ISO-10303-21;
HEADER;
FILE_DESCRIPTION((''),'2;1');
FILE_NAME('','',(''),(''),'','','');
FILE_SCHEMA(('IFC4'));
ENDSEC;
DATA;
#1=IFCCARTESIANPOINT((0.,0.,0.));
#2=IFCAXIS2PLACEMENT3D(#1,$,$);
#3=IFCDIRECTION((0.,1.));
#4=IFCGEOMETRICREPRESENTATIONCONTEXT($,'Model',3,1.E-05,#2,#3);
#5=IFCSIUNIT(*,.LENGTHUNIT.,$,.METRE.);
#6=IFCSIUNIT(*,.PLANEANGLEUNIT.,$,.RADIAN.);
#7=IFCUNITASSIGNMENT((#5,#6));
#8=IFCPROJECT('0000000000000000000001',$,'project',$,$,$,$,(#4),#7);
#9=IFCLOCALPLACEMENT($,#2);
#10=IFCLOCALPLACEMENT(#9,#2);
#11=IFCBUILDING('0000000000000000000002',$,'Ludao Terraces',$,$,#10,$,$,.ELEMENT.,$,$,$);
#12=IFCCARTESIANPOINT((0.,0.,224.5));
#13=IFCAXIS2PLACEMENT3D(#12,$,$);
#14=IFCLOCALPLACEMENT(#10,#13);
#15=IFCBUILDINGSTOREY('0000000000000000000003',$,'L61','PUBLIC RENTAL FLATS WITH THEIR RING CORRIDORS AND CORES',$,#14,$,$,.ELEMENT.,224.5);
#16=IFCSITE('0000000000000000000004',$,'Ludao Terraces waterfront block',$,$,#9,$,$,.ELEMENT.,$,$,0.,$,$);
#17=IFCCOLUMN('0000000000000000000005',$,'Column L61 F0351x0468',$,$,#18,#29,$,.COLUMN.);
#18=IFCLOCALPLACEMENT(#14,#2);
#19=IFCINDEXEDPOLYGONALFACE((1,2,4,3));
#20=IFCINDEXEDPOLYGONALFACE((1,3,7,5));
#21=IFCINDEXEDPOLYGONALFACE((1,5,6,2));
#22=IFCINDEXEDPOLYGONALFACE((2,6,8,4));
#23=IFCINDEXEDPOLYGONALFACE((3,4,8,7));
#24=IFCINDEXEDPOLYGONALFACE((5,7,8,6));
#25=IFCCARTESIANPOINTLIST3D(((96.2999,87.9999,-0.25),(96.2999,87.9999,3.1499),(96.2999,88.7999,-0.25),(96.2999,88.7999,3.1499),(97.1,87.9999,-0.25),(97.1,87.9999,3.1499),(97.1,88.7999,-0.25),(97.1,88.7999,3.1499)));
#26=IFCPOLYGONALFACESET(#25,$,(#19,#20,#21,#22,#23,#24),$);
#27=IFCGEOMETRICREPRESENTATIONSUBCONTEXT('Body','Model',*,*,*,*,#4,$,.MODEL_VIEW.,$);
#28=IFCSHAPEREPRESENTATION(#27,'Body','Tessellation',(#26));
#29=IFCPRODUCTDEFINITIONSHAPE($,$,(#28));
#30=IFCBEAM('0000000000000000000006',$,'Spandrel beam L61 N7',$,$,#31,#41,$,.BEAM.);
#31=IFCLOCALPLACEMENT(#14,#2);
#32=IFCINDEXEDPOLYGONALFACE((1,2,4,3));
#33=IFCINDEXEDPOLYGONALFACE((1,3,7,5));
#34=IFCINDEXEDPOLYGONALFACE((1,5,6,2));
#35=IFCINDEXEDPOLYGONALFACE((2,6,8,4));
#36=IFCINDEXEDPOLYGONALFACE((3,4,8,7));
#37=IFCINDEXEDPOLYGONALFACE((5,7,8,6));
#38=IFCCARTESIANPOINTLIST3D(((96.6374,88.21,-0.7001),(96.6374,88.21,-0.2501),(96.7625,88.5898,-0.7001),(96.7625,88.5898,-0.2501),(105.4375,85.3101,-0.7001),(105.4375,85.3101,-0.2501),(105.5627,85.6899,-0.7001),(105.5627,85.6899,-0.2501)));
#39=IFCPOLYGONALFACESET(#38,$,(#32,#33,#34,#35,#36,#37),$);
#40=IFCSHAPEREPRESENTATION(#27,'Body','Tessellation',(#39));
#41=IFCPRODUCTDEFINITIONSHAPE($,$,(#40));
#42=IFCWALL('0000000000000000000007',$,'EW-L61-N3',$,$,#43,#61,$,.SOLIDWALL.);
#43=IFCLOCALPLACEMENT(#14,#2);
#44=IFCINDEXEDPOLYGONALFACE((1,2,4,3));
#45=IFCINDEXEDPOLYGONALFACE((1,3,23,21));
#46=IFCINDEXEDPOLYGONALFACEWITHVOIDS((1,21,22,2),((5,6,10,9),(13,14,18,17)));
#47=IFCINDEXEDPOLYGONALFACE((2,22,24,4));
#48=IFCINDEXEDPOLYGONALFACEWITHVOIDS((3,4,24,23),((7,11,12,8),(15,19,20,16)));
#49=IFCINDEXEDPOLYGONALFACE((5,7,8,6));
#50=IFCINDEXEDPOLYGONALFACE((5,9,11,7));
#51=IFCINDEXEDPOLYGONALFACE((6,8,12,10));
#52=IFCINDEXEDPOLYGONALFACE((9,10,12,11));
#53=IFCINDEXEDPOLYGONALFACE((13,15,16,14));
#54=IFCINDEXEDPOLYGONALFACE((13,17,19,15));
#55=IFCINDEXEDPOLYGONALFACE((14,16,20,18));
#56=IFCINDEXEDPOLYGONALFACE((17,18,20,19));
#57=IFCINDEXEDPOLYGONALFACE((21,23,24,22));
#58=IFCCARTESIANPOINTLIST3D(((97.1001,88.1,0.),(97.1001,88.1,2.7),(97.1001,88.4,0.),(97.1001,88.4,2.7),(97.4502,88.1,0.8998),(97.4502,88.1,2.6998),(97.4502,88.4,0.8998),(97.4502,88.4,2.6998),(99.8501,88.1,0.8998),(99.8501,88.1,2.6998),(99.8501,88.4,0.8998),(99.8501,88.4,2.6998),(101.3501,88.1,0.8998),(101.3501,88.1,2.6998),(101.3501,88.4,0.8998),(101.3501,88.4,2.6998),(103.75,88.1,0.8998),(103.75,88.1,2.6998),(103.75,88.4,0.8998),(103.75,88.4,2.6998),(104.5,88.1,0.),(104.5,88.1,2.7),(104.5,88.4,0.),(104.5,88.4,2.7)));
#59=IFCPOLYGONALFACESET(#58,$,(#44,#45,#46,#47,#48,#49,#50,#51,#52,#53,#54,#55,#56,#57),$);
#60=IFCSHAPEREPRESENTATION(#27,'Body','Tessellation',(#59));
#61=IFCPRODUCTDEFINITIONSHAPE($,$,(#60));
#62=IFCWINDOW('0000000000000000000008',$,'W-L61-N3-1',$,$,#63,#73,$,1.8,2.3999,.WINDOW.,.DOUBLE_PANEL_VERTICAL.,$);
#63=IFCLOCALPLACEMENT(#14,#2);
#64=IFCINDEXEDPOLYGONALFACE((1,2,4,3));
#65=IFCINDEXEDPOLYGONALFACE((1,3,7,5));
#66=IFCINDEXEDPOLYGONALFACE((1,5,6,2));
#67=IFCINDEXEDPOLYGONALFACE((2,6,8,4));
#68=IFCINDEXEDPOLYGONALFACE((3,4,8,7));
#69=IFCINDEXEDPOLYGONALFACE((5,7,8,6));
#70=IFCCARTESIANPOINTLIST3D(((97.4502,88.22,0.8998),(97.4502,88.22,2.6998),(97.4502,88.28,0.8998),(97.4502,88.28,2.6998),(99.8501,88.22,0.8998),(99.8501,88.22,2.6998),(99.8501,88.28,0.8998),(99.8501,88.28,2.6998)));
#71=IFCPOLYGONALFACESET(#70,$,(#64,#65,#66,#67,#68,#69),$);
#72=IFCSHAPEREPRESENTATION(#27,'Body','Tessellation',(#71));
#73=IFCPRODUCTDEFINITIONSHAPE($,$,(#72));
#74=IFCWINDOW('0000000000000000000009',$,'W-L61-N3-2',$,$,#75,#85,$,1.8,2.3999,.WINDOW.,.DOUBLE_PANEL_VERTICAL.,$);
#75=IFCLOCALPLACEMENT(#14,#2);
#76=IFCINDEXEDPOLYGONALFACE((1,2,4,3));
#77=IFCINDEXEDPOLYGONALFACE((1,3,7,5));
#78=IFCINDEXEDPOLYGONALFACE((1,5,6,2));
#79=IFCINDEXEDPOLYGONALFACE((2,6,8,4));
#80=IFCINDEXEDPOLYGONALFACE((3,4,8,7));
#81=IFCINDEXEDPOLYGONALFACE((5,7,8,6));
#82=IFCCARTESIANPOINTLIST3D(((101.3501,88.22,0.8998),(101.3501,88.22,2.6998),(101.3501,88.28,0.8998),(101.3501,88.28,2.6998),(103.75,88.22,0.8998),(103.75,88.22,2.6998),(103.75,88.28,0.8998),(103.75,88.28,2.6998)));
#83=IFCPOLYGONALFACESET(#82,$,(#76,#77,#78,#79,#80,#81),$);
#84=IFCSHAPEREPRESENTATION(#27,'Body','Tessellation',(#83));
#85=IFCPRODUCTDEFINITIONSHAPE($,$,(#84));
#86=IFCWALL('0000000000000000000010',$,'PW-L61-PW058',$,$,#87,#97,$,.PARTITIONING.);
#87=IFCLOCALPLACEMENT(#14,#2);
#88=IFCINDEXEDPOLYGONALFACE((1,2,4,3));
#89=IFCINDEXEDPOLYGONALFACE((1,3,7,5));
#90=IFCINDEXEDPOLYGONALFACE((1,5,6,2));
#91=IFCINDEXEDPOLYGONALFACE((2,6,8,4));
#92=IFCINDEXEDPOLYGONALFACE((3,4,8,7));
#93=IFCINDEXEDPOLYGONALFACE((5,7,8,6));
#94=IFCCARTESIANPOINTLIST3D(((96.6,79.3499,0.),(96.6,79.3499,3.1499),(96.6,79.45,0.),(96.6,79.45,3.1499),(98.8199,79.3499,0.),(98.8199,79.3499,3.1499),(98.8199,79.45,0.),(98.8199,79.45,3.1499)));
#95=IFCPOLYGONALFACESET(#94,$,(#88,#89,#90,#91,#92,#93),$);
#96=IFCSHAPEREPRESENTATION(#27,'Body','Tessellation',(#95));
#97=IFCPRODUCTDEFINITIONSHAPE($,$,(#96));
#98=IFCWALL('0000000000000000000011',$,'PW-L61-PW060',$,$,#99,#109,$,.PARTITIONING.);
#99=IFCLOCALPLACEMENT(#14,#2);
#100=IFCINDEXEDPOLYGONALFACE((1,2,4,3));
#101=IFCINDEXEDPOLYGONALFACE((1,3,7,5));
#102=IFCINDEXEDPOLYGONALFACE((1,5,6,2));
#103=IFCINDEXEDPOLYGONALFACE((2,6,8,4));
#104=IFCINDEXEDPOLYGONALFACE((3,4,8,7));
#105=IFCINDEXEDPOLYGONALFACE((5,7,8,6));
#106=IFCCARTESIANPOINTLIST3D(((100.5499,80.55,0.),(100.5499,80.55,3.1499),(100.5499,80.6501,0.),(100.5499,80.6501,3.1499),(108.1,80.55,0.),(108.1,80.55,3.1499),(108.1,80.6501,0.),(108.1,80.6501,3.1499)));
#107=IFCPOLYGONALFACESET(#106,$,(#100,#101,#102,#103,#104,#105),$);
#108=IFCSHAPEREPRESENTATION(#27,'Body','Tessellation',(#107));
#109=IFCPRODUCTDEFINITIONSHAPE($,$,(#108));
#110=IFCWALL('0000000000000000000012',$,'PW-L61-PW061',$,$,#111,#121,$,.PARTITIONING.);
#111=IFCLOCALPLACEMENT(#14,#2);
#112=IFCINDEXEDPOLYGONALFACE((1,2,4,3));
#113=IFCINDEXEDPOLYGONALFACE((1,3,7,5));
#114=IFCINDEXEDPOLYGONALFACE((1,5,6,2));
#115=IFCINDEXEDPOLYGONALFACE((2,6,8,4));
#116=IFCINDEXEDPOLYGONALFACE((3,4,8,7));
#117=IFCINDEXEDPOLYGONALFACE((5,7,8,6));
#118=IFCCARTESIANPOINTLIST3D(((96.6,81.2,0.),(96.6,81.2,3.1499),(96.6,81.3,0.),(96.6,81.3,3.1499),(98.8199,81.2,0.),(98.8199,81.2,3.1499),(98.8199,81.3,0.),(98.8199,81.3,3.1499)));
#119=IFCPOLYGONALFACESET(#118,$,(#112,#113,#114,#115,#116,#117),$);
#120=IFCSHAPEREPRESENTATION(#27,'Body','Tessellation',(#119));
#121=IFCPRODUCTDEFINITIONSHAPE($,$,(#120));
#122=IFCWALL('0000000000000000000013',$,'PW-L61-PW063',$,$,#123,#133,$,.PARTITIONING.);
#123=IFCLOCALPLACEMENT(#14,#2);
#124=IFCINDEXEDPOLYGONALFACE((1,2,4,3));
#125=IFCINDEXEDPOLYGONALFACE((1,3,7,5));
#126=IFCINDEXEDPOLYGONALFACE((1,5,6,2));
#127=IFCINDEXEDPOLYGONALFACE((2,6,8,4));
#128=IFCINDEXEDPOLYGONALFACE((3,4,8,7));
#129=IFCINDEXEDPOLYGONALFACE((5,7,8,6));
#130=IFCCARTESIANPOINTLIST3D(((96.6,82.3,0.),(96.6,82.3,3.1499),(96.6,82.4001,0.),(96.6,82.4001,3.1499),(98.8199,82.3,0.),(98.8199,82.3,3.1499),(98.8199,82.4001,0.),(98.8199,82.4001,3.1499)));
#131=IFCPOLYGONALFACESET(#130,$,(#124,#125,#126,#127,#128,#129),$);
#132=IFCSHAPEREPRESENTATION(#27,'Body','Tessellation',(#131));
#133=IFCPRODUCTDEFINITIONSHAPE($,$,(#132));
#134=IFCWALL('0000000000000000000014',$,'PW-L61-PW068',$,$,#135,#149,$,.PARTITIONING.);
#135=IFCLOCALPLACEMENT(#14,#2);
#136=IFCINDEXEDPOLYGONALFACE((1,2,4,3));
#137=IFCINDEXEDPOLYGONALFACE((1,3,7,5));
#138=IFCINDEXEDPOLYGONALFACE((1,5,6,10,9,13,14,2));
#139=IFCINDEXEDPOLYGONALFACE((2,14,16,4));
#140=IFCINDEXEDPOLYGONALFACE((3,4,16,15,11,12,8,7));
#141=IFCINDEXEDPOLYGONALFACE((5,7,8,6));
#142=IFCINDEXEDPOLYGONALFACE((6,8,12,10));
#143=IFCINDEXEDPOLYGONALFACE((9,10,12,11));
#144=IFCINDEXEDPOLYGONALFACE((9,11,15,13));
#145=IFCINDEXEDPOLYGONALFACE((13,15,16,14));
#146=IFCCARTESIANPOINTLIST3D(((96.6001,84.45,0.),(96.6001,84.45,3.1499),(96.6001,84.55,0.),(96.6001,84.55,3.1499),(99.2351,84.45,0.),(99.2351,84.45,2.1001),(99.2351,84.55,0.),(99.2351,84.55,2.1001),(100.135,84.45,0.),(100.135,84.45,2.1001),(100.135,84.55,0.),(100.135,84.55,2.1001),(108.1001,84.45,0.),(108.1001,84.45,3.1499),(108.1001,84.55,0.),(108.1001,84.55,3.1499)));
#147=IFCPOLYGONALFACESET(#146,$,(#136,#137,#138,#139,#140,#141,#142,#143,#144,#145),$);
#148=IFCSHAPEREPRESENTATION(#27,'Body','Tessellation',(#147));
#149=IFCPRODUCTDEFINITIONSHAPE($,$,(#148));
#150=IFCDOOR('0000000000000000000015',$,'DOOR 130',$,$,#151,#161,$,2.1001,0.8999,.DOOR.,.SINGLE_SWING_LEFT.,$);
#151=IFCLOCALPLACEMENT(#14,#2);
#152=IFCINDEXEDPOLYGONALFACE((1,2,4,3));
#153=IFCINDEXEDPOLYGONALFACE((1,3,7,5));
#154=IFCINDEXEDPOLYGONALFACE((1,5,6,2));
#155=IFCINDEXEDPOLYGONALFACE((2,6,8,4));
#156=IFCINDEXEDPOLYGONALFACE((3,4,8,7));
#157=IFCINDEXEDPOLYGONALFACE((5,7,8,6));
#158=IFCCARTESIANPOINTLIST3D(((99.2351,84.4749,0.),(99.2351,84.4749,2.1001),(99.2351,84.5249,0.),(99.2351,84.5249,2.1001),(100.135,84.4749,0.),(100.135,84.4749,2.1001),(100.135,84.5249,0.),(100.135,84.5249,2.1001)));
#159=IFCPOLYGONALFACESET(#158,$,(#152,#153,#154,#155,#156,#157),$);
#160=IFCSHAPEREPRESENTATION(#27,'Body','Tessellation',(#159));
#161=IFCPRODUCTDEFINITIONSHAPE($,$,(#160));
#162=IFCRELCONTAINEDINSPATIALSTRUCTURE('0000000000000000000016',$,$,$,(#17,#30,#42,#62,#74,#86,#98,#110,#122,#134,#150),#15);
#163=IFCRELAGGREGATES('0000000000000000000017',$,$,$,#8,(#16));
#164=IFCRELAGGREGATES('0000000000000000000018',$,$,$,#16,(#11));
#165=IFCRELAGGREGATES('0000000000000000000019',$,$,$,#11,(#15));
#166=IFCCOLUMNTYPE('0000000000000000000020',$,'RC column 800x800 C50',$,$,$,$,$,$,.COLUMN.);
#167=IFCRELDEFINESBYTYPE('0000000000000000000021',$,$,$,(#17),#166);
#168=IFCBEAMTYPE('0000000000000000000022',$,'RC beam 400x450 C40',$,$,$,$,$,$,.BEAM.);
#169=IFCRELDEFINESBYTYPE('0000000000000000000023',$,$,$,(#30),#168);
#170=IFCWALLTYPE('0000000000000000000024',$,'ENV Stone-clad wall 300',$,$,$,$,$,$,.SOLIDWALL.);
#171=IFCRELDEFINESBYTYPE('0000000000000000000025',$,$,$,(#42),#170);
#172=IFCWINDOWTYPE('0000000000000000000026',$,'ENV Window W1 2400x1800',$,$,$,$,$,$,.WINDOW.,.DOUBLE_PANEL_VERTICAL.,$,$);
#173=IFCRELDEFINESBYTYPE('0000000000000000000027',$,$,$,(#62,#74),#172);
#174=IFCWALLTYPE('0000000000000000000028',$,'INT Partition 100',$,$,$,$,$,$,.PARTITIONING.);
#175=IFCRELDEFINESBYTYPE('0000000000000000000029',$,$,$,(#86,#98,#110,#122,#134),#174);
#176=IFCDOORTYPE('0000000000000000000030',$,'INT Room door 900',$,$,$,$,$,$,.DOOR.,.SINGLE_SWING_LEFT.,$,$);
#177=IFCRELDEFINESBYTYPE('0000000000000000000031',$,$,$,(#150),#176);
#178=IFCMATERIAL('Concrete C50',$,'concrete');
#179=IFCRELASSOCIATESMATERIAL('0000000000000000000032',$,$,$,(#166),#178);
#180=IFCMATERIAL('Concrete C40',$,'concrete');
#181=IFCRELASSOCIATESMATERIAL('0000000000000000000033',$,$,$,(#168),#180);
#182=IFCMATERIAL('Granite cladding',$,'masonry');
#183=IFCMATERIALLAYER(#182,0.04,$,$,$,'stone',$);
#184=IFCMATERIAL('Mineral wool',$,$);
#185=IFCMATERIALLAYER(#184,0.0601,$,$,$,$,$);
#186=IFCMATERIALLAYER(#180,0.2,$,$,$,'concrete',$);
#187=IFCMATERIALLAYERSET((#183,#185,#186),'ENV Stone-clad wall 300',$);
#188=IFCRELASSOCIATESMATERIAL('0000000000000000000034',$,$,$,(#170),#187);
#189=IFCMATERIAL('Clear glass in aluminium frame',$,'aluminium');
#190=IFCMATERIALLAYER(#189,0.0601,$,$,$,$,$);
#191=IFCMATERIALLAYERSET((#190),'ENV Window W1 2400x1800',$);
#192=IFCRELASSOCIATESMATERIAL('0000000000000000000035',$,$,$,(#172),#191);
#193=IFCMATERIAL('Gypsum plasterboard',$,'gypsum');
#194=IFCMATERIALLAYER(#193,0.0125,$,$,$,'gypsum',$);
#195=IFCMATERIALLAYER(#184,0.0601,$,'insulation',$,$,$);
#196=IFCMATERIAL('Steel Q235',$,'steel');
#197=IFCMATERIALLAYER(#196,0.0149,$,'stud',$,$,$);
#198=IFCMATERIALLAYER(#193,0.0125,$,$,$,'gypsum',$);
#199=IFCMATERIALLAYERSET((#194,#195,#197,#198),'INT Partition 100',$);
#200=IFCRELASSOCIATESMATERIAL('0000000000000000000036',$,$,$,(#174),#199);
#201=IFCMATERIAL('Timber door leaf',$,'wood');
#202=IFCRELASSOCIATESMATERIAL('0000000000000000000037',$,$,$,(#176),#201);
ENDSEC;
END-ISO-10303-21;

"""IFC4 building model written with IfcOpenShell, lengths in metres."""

from ifc_helpers import new_model, si_unit, direction, frame, frame_2d, origin, origin_2d, place, context, subcontext, project, spatial, rectangle, extrude, material, layer, layer_set, material_profile, profile_set, type_object, element, fill, save


model = new_model("IFC4")

# Units and contexts
model_context = context("Model", 3, precision=1e-05, world=origin(), true_north=direction((0.0, 1.0)))
body_context = subcontext(model_context, "Body", "Model", "MODEL_VIEW")
ifc_project = project(units=[si_unit("LENGTHUNIT", "METRE"), si_unit("PLANEANGLEUNIT", "RADIAN")], contexts=[model_context])

# Site, building, storey
site_placement = place(None, origin())
site = spatial("IfcSite", under=ifc_project, at=site_placement, Name="Ludao Terraces waterfront block", CompositionType="ELEMENT", RefElevation=0.0)
building_placement = place(site_placement, origin())
building = spatial("IfcBuilding", under=site, at=building_placement, Name="Ludao Terraces", CompositionType="ELEMENT")
storey_placement = place(building_placement, frame((0.0, 0.0, 224.5)))
storey = spatial("IfcBuildingStorey", under=building, at=storey_placement, Name="L61", Description="PUBLIC RENTAL FLATS WITH THEIR RING CORRIDORS AND CORES", CompositionType="ELEMENT", Elevation=224.5)

# Column
ifc_material_1 = material(Name="Concrete C50", Category="concrete")
ifc_material_profile_1 = material_profile(ifc_material_1, rectangle(XDim=0.8, YDim=0.8, at=origin_2d()), Name="800 X 800")
ifc_profile_set_1 = profile_set([ifc_material_profile_1], Name="Concrete C50")
column_type = type_object("IfcColumnType", Name="RC column 800x800 C50", PredefinedType="COLUMN", material=ifc_profile_set_1)
column_placement = place(storey_placement, frame((96.7, 88.3999, -0.25), z_axis=(0.0, 0.0, 1.0), x_axis=(1.0, 0.0, 0.0)))
element("IfcColumn", 1, at=column_placement, inside=storey, type_object=column_type, Name="Column L61 F0351x0468", PredefinedType="COLUMN", context=body_context, shape_type="SweptSolid", body=[
    extrude(rectangle(XDim=0.8, YDim=0.8, at=origin_2d()), origin(), (0.0, 0.0, 1.0), 3.3999),
])

# Beam
ifc_material_2 = material(Name="Concrete C40", Category="concrete")
ifc_material_profile_2 = material_profile(ifc_material_2, rectangle(XDim=0.3999, YDim=0.45, at=origin_2d()), Name="400 X 450")
ifc_profile_set_2 = profile_set([ifc_material_profile_2], Name="Concrete C40")
beam_type = type_object("IfcBeamType", Name="RC beam 400x450 C40", PredefinedType="BEAM", material=ifc_profile_set_2)
beam_placement = place(storey_placement, frame((96.7, 88.3999, -0.4751), z_axis=(0.949761, -0.312977, 0.0), x_axis=(0.312977, 0.949761, 0.0)))
element("IfcBeam", 2, at=beam_placement, inside=storey, type_object=beam_type, Name="Spandrel beam L61 N7", PredefinedType="BEAM", context=body_context, shape_type="SweptSolid", body=[
    extrude(rectangle(XDim=0.3999, YDim=0.45, at=origin_2d()), origin(), (0.0, 0.0, 1.0), 9.2656),
])

# Wall, openings, windows
ifc_material_3 = material(Name="Granite cladding", Category="masonry")
ifc_layer_1 = layer(ifc_material_3, 0.04, Category="stone")
ifc_material_4 = material(Name="Mineral wool")
ifc_layer_2 = layer(ifc_material_4, 0.0601)
ifc_layer_3 = layer(ifc_material_2, 0.2, Category="concrete")
ifc_layer_set_1 = layer_set([ifc_layer_1, ifc_layer_2, ifc_layer_3], Name="ENV Stone-clad wall 300")
wall_type_1 = type_object("IfcWallType", Name="ENV Stone-clad wall 300", PredefinedType="SOLIDWALL", material=ifc_layer_set_1)
wall_1_placement = place(storey_placement, frame((97.1001, 88.25, 0.0), z_axis=(0.0, 0.0, 1.0), x_axis=(1.0, 0.0, 0.0)))
wall_1 = element("IfcWall", 3, at=wall_1_placement, inside=storey, type_object=wall_type_1, Name="EW-L61-N3", PredefinedType="SOLIDWALL", context=body_context, shape_type="SweptSolid", body=[
    extrude(rectangle(XDim=7.3999, YDim=0.3, at=frame_2d((3.7, 0.0))), origin(), (0.0, 0.0, 1.0), 2.7),
])
opening_1_placement = place(wall_1_placement, frame((0.3501, 0.0, 0.8999)))
opening_1 = element("IfcOpeningElement", 4, at=opening_1_placement, cuts=wall_1, PredefinedType="OPENING", context=body_context, shape_type="SweptSolid", body=[
    extrude(rectangle(XDim=2.3999, YDim=1.8, at=frame_2d((1.2, 0.8999))), frame((0.0, 0.1602, 0.0), z_axis=(0.0, -1.0, 0.0), x_axis=(1.0, 0.0, 0.0)), (0.0, 0.0, 1.0), 0.3201),
])
opening_2_placement = place(wall_1_placement, frame((4.25, 0.0, 0.8999)))
opening_2 = element("IfcOpeningElement", 5, at=opening_2_placement, cuts=wall_1, PredefinedType="OPENING", context=body_context, shape_type="SweptSolid", body=[
    extrude(rectangle(XDim=2.3999, YDim=1.8, at=frame_2d((1.2, 0.8999))), frame((0.0, 0.1602, 0.0), z_axis=(0.0, -1.0, 0.0), x_axis=(1.0, 0.0, 0.0)), (0.0, 0.0, 1.0), 0.3201),
])
ifc_material_5 = material(Name="Clear glass in aluminium frame", Category="aluminium")
ifc_layer_4 = layer(ifc_material_5, 0.0601)
ifc_layer_set_2 = layer_set([ifc_layer_4], Name="ENV Window W1 2400x1800")
window_type = type_object("IfcWindowType", Name="ENV Window W1 2400x1800", PartitioningType="DOUBLE_PANEL_VERTICAL", PredefinedType="WINDOW", material=ifc_layer_set_2)
window_1_placement = place(opening_1_placement, origin())
window_1 = element("IfcWindow", 6, at=window_1_placement, inside=storey, type_object=window_type, Name="W-L61-N3-1", OverallHeight=1.8, OverallWidth=2.3999, PartitioningType="DOUBLE_PANEL_VERTICAL", PredefinedType="WINDOW", context=body_context, shape_type="SweptSolid", body=[
    extrude(rectangle(XDim=2.3999, YDim=1.8, at=frame_2d((1.2, 0.8999))), frame((0.0, 0.03, 0.0), z_axis=(0.0, -1.0, 0.0), x_axis=(1.0, 0.0, 0.0)), (0.0, 0.0, 1.0), 0.0601),
])
fill(opening_1, window_1)
window_2_placement = place(opening_2_placement, origin())
window_2 = element("IfcWindow", 7, at=window_2_placement, inside=storey, type_object=window_type, Name="W-L61-N3-2", OverallHeight=1.8, OverallWidth=2.3999, PartitioningType="DOUBLE_PANEL_VERTICAL", PredefinedType="WINDOW", context=body_context, shape_type="SweptSolid", body=[
    extrude(rectangle(XDim=2.3999, YDim=1.8, at=frame_2d((1.2, 0.8999))), frame((0.0, 0.03, 0.0), z_axis=(0.0, -1.0, 0.0), x_axis=(1.0, 0.0, 0.0)), (0.0, 0.0, 1.0), 0.0601),
])
fill(opening_2, window_2)

# Walls
ifc_material_6 = material(Name="Gypsum plasterboard", Category="gypsum")
ifc_layer_5 = layer(ifc_material_6, 0.0125, Category="gypsum")
ifc_layer_6 = layer(ifc_material_4, 0.0601, Name="insulation")
ifc_material_7 = material(Name="Steel Q235", Category="steel")
ifc_layer_7 = layer(ifc_material_7, 0.0149, Name="stud")
ifc_layer_8 = layer(ifc_material_6, 0.0125, Category="gypsum")
ifc_layer_set_3 = layer_set([ifc_layer_5, ifc_layer_6, ifc_layer_7, ifc_layer_8], Name="INT Partition 100")
wall_type_2 = type_object("IfcWallType", Name="INT Partition 100", PredefinedType="PARTITIONING", material=ifc_layer_set_3)
wall_2_placement = place(storey_placement, frame((96.6001, 79.3999, 0.0), z_axis=(0.0, 0.0, 1.0), x_axis=(1.0, 0.0, 0.0)))
element("IfcWall", 8, at=wall_2_placement, inside=storey, type_object=wall_type_2, Name="PW-L61-PW058", PredefinedType="PARTITIONING", context=body_context, shape_type="SweptSolid", body=[
    extrude(rectangle(XDim=2.22, YDim=0.1001, at=frame_2d((1.1099, 0.0))), origin(), (0.0, 0.0, 1.0), 3.1499),
])
wall_3_placement = place(storey_placement, frame((100.55, 80.6001, 0.0), z_axis=(0.0, 0.0, 1.0), x_axis=(1.0, 0.0, 0.0)))
element("IfcWall", 9, at=wall_3_placement, inside=storey, type_object=wall_type_2, Name="PW-L61-PW060", PredefinedType="PARTITIONING", context=body_context, shape_type="SweptSolid", body=[
    extrude(rectangle(XDim=7.55, YDim=0.1001, at=frame_2d((3.7749, 0.0))), origin(), (0.0, 0.0, 1.0), 3.1499),
])
for number, where, z_axis, x_axis, name in (
    (10, (96.6001, 81.25, 0.0), (0.0, 0.0, 1.0), (1.0, 0.0, 0.0), "PW-L61-PW061"),
    (11, (96.6001, 82.3501, 0.0), (0.0, 0.0, 1.0), (1.0, 0.0, 0.0), "PW-L61-PW063"),
):
    element("IfcWall", number, at=place(storey_placement, frame(where, z_axis=z_axis, x_axis=x_axis)), inside=storey, type_object=wall_type_2, Name=name, PredefinedType="PARTITIONING", context=body_context, shape_type="SweptSolid", body=[
        extrude(rectangle(XDim=2.22, YDim=0.1001, at=frame_2d((1.1099, 0.0))), origin(), (0.0, 0.0, 1.0), 3.1499),
    ])

# Wall, opening, door
wall_4_placement = place(storey_placement, frame((96.6001, 84.5, 0.0), z_axis=(0.0, 0.0, 1.0), x_axis=(1.0, 0.0, 0.0)))
wall_4 = element("IfcWall", 12, at=wall_4_placement, inside=storey, type_object=wall_type_2, Name="PW-L61-PW068", PredefinedType="PARTITIONING", context=body_context, shape_type="SweptSolid", body=[
    extrude(rectangle(XDim=11.5, YDim=0.1001, at=frame_2d((5.75, 0.0))), origin(), (0.0, 0.0, 1.0), 3.1499),
])
opening_3_placement = place(wall_4_placement, frame((2.635, 0.0, 0.0)))
opening_3 = element("IfcOpeningElement", 13, at=opening_3_placement, cuts=wall_4, PredefinedType="OPENING", context=body_context, shape_type="SweptSolid", body=[
    extrude(rectangle(XDim=0.8999, YDim=2.1001, at=frame_2d((0.45, 1.05))), frame((0.0, 0.0601, 0.0), z_axis=(0.0, -1.0, 0.0), x_axis=(1.0, 0.0, 0.0)), (0.0, 0.0, 1.0), 0.1201),
])
ifc_material_8 = material(Name="Timber door leaf", Category="wood")
door_type_1 = type_object("IfcDoorType", Name="INT Room door 900", OperationType="SINGLE_SWING_LEFT", PredefinedType="DOOR", material=ifc_material_8)
door_1_placement = place(opening_3_placement, origin())
door_1 = element("IfcDoor", 14, at=door_1_placement, inside=storey, type_object=door_type_1, Name="DOOR 130", OperationType="SINGLE_SWING_LEFT", OverallHeight=2.1001, OverallWidth=0.8999, PredefinedType="DOOR", context=body_context, shape_type="SweptSolid", body=[
    extrude(rectangle(XDim=0.8999, YDim=2.1001, at=frame_2d((0.45, 1.05))), frame((0.0, 0.0249, 0.0), z_axis=(0.0, -1.0, 0.0), x_axis=(1.0, 0.0, 0.0)), (0.0, 0.0, 1.0), 0.05),
])
fill(opening_3, door_1)

save(model, "model.ifc")
